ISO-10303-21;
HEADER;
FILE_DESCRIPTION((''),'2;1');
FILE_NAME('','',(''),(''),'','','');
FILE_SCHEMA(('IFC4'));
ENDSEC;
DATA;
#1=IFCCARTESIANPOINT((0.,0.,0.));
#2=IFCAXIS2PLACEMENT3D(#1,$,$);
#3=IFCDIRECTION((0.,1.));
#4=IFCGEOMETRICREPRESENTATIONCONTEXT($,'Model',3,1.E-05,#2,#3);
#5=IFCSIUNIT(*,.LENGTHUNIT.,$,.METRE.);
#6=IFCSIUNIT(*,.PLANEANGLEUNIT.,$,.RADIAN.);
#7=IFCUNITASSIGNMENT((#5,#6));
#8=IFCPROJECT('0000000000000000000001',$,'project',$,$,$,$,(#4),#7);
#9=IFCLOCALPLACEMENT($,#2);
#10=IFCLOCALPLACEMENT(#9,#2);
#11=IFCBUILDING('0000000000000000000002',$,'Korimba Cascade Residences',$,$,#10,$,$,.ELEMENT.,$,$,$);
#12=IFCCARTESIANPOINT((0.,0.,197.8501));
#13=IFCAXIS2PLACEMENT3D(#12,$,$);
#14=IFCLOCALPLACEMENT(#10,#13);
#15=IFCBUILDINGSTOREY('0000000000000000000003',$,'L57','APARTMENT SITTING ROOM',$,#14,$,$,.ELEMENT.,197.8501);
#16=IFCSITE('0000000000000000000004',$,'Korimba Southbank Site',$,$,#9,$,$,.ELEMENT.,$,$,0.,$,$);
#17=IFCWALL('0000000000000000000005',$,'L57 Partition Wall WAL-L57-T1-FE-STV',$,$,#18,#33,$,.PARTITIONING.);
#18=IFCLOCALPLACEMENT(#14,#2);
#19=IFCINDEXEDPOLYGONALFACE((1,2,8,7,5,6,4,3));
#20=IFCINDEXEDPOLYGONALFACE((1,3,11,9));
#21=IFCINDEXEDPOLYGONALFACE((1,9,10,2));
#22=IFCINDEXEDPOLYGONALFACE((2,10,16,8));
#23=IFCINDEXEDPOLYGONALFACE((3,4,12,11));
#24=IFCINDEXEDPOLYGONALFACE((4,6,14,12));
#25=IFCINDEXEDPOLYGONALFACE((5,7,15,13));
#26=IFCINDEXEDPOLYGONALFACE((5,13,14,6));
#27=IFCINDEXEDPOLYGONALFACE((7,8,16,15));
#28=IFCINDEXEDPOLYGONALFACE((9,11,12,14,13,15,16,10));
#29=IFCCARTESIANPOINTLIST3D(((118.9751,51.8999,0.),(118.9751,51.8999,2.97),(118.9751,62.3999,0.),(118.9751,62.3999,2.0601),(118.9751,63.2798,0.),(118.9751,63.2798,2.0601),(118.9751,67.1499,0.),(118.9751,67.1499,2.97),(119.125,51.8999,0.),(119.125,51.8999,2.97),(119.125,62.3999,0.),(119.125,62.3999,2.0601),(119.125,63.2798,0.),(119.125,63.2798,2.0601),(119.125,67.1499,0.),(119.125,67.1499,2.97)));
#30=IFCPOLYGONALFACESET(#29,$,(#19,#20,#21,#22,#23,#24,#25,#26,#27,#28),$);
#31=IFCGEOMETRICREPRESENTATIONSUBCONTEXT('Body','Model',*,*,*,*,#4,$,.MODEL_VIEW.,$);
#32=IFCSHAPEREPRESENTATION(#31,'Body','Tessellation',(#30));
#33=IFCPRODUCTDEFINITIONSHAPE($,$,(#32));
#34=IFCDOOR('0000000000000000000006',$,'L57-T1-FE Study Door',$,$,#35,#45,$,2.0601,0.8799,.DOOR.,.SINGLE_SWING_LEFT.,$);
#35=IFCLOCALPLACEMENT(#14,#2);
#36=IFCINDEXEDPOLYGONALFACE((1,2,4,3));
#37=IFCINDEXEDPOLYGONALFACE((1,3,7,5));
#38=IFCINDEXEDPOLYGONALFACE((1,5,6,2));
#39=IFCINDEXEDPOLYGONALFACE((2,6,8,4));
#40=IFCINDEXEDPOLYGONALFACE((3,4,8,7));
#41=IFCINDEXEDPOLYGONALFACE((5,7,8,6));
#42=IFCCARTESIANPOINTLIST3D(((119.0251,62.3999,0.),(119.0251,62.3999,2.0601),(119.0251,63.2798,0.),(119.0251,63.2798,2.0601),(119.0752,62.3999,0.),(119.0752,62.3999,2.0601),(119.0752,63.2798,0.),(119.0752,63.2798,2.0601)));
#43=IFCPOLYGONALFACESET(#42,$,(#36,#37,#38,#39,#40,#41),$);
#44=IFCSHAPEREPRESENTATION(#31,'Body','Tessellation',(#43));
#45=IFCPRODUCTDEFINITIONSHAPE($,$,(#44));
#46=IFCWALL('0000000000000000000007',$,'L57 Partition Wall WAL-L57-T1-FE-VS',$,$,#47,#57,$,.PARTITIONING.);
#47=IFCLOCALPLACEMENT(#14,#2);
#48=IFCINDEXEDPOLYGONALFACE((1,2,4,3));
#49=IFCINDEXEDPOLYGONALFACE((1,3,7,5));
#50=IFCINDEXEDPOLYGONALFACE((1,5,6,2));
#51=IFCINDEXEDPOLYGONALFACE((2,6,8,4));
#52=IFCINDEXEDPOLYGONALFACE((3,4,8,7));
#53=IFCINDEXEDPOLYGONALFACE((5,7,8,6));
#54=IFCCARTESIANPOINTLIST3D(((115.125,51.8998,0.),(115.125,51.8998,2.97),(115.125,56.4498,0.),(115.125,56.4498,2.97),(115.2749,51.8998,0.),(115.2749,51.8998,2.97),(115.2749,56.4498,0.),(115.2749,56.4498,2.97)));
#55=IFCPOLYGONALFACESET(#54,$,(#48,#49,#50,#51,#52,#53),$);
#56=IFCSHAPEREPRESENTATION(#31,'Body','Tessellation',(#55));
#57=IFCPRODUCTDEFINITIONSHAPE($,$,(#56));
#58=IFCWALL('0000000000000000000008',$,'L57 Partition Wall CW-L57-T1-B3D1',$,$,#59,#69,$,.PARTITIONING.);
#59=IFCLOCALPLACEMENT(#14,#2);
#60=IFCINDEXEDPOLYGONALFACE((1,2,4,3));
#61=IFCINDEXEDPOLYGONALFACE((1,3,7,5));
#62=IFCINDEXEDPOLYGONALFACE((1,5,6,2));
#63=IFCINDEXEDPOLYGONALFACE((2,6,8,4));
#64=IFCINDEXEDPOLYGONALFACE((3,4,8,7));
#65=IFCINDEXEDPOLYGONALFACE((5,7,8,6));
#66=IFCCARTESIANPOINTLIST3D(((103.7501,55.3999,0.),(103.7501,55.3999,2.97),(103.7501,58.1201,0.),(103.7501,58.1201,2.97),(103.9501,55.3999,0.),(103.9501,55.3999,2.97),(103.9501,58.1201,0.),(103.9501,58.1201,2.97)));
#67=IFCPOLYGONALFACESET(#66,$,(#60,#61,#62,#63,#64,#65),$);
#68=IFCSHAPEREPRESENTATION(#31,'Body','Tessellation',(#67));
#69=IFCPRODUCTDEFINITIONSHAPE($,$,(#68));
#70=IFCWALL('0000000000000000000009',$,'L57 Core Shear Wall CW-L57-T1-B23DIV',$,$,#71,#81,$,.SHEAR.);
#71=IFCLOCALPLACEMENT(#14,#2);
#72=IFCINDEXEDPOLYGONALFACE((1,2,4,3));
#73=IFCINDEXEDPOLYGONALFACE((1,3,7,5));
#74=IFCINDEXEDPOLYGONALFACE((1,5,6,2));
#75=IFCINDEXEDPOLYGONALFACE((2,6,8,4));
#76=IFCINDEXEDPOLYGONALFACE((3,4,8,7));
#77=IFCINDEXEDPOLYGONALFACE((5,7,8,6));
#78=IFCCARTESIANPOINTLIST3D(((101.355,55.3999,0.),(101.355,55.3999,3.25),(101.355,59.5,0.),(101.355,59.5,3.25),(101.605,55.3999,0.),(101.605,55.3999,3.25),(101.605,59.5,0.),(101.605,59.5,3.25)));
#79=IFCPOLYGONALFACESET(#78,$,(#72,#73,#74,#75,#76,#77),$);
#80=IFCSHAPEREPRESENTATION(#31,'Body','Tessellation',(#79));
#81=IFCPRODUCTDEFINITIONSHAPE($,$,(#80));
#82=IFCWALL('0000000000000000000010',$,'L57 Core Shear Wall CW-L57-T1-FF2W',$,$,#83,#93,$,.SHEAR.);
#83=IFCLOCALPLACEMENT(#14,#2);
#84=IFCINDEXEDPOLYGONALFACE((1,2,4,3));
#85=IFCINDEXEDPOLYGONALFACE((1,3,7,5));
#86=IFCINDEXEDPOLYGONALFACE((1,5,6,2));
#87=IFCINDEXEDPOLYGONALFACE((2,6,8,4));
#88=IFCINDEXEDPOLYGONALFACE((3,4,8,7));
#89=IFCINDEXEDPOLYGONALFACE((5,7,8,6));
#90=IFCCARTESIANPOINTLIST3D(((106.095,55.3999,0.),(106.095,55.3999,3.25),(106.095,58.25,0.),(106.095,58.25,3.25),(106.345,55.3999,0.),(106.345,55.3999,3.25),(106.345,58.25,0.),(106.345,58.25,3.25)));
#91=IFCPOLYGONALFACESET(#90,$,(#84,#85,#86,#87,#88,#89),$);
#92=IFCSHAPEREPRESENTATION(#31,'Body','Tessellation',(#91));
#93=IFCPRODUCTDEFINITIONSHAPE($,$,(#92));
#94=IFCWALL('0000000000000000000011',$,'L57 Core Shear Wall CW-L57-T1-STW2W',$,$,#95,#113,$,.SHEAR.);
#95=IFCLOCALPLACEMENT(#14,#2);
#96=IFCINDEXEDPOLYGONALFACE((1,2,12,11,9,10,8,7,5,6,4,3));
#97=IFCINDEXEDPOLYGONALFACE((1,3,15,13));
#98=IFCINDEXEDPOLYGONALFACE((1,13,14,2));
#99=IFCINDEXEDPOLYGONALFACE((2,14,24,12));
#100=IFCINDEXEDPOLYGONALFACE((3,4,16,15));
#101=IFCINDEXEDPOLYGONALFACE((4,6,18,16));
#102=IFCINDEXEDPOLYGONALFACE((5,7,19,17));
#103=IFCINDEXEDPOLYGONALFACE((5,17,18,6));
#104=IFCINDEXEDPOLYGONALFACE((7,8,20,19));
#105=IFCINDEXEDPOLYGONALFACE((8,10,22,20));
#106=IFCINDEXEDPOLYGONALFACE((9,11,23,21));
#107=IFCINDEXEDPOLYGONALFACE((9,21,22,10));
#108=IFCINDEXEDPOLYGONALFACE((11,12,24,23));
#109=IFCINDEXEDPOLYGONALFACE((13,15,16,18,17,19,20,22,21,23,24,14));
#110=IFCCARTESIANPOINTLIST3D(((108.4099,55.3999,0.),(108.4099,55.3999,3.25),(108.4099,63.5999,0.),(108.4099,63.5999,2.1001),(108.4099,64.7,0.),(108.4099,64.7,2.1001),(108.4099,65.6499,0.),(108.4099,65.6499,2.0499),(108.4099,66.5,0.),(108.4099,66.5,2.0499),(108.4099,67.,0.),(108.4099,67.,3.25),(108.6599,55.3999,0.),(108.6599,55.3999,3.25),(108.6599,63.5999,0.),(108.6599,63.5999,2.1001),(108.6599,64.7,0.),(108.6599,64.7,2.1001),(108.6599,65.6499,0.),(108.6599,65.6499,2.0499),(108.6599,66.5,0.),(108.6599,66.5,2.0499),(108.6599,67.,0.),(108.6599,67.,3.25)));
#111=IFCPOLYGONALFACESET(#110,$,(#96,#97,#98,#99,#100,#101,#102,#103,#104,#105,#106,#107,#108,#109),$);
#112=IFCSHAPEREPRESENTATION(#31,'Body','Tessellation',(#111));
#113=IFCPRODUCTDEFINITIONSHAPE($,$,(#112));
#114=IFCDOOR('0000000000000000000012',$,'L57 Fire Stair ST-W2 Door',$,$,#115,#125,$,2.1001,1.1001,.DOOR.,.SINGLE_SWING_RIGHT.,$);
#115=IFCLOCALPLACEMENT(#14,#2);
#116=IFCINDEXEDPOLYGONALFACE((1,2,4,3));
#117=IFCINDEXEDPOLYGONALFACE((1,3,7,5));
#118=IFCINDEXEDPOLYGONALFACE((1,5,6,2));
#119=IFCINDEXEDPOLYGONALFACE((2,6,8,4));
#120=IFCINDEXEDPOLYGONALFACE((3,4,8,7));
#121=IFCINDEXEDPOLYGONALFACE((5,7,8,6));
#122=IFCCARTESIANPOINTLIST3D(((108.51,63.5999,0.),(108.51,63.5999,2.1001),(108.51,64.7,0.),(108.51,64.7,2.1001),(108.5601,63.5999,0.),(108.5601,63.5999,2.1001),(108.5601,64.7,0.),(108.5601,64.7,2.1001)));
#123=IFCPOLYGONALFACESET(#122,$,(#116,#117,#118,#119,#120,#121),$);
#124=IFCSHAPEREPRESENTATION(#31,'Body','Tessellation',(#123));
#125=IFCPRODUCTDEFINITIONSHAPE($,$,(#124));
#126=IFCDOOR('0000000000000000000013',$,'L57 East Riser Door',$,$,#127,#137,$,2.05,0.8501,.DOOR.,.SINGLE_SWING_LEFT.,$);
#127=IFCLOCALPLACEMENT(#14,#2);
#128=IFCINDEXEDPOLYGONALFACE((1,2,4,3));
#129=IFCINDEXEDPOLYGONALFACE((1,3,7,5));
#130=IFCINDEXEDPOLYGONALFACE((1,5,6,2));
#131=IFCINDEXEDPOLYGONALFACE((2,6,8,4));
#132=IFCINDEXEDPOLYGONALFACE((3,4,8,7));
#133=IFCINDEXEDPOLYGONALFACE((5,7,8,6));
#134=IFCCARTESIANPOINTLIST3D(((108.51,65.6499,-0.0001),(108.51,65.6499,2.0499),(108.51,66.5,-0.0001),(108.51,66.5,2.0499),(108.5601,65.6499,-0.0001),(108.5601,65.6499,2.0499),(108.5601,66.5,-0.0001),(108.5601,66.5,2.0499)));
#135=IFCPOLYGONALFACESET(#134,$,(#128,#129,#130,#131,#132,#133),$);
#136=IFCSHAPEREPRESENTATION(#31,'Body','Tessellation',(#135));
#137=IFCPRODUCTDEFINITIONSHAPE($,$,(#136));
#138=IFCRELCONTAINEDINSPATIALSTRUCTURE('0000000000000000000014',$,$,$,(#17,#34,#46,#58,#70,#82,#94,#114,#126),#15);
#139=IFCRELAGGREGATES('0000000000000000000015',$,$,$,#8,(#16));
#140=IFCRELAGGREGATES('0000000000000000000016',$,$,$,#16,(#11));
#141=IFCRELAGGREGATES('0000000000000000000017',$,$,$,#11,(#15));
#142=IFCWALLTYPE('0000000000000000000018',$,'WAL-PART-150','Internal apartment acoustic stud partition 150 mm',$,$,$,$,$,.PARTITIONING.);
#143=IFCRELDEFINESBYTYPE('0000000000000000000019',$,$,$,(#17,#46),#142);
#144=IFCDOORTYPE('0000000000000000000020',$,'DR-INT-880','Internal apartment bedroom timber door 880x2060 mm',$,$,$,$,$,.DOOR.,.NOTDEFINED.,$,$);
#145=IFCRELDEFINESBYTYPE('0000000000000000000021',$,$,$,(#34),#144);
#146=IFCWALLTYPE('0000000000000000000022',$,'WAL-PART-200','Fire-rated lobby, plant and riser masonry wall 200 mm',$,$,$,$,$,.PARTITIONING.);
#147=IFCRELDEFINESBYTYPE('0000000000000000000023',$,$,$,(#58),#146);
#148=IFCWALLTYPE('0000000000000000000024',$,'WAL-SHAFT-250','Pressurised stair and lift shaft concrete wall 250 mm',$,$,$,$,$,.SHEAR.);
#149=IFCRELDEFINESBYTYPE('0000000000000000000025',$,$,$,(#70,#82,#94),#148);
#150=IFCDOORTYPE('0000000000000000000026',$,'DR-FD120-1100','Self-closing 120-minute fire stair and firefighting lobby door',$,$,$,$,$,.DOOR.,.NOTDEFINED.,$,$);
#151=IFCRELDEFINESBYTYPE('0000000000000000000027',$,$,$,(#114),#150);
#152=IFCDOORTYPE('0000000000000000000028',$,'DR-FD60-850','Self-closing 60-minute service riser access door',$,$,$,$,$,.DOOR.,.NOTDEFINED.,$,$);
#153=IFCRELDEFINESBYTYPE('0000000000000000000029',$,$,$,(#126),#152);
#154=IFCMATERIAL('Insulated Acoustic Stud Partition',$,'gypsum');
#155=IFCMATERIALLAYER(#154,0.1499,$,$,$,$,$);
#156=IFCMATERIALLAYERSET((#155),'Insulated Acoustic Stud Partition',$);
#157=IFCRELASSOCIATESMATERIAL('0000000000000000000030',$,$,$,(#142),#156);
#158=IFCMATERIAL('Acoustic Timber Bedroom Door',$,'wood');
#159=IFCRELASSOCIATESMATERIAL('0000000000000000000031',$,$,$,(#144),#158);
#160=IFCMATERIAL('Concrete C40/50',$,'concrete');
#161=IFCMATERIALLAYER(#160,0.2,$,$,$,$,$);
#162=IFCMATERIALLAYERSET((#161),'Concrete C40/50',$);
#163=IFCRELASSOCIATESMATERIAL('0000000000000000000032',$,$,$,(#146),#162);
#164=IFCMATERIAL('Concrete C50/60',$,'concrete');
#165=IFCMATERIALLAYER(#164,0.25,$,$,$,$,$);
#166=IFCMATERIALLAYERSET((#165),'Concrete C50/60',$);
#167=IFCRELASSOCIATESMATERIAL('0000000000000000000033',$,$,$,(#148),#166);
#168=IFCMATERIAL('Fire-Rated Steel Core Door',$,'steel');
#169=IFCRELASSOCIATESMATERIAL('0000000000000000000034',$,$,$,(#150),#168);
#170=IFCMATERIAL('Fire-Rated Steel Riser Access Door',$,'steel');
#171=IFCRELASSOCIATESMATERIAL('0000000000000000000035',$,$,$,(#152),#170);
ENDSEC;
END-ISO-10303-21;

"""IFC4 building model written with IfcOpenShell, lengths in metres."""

from ifc_helpers import new_model, si_unit, direction, frame, frame_2d, origin, place, context, subcontext, project, spatial, rectangle, extrude, material, layer, layer_set, type_object, element, fill, save


model = new_model("IFC4")

# Units and contexts
model_context = context("Model", 3, precision=1e-05, world=origin(), true_north=direction((0.0, 1.0)))
body_context = subcontext(model_context, "Body", "Model", "MODEL_VIEW")
ifc_project = project(units=[si_unit("LENGTHUNIT", "METRE"), si_unit("PLANEANGLEUNIT", "RADIAN")], contexts=[model_context])

# Site, building, storey
site_placement = place(None, origin())
site = spatial("IfcSite", under=ifc_project, at=site_placement, Name="Korimba Southbank Site", CompositionType="ELEMENT", RefElevation=0.0)
building_placement = place(site_placement, origin())
building = spatial("IfcBuilding", under=site, at=building_placement, Name="Korimba Cascade Residences", CompositionType="ELEMENT")
storey_placement = place(building_placement, frame((0.0, 0.0, 197.8501)))
storey = spatial("IfcBuildingStorey", under=building, at=storey_placement, Name="L57", Description="APARTMENT SITTING ROOM", CompositionType="ELEMENT", Elevation=197.8501)

# Shared definitions
ifc_material_1 = material(Name="Concrete C50/60", Category="concrete")

# Wall, opening, door
ifc_material_2 = material(Name="Insulated Acoustic Stud Partition", Category="gypsum")
ifc_layer_1 = layer(ifc_material_2, 0.1499)
ifc_layer_set_1 = layer_set([ifc_layer_1], Name="Insulated Acoustic Stud Partition")
wall_type_1 = type_object("IfcWallType", Name="WAL-PART-150", Description="Internal apartment acoustic stud partition 150 mm", PredefinedType="PARTITIONING", material=ifc_layer_set_1)
wall_1_placement = place(storey_placement, frame((119.05, 51.8999, 0.0), z_axis=(0.0, 0.0, 1.0), x_axis=(0.0, 1.0, 0.0)))
wall_1 = element("IfcWall", 1, at=wall_1_placement, inside=storey, type_object=wall_type_1, Name="L57 Partition Wall WAL-L57-T1-FE-STV", PredefinedType="PARTITIONING", context=body_context, shape_type="SweptSolid", body=[
    extrude(rectangle(XDim=15.25, YDim=0.1499, at=frame_2d((7.625, 0.0))), origin(), (0.0, 0.0, 1.0), 2.97),
])
opening_1_placement = place(wall_1_placement, frame((10.5, 0.0, 0.0)))
opening_1 = element("IfcOpeningElement", 2, at=opening_1_placement, cuts=wall_1, PredefinedType="OPENING", context=body_context, shape_type="SweptSolid", body=[
    extrude(rectangle(XDim=0.8799, YDim=2.0601, at=frame_2d((0.4399, 1.03))), frame((0.0, 0.085, 0.0), z_axis=(0.0, -1.0, 0.0), x_axis=(1.0, 0.0, 0.0)), (0.0, 0.0, 1.0), 0.1699),
])
ifc_material_3 = material(Name="Acoustic Timber Bedroom Door", Category="wood")
door_type_1 = type_object("IfcDoorType", Name="DR-INT-880", Description="Internal apartment bedroom timber door 880x2060 mm", OperationType="NOTDEFINED", PredefinedType="DOOR", material=ifc_material_3)
door_1_placement = place(opening_1_placement, origin())
door_1 = element("IfcDoor", 3, at=door_1_placement, inside=storey, type_object=door_type_1, Name="L57-T1-FE Study Door", OperationType="SINGLE_SWING_LEFT", OverallHeight=2.0601, OverallWidth=0.8799, PredefinedType="DOOR", context=body_context, shape_type="SweptSolid", body=[
    extrude(rectangle(XDim=0.8799, YDim=2.0601, at=frame_2d((0.4399, 1.03))), frame((0.0, 0.0249, 0.0), z_axis=(0.0, -1.0, 0.0), x_axis=(1.0, 0.0, 0.0)), (0.0, 0.0, 1.0), 0.05),
])
fill(opening_1, door_1)

# Walls
wall_2_placement = place(storey_placement, frame((115.2, 51.8999, 0.0), z_axis=(0.0, 0.0, 1.0), x_axis=(0.0, 1.0, 0.0)))
element("IfcWall", 4, at=wall_2_placement, inside=storey, type_object=wall_type_1, Name="L57 Partition Wall WAL-L57-T1-FE-VS", PredefinedType="PARTITIONING", context=body_context, shape_type="SweptSolid", body=[
    extrude(rectangle(XDim=4.55, YDim=0.1499, at=frame_2d((2.2749, 0.0))), origin(), (0.0, 0.0, 1.0), 2.97),
])
ifc_material_4 = material(Name="Concrete C40/50", Category="concrete")
ifc_layer_2 = layer(ifc_material_4, 0.2)
ifc_layer_set_2 = layer_set([ifc_layer_2], Name="Concrete C40/50")
wall_type_2 = type_object("IfcWallType", Name="WAL-PART-200", Description="Fire-rated lobby, plant and riser masonry wall 200 mm", PredefinedType="PARTITIONING", material=ifc_layer_set_2)
wall_3_placement = place(storey_placement, frame((103.8501, 55.3999, 0.0), z_axis=(0.0, 0.0, 1.0), x_axis=(0.0, 1.0, 0.0)))
element("IfcWall", 5, at=wall_3_placement, inside=storey, type_object=wall_type_2, Name="L57 Partition Wall CW-L57-T1-B3D1", PredefinedType="PARTITIONING", context=body_context, shape_type="SweptSolid", body=[
    extrude(rectangle(XDim=2.7202, YDim=0.2, at=frame_2d((1.3601, 0.0))), origin(), (0.0, 0.0, 1.0), 2.97),
])
ifc_layer_3 = layer(ifc_material_1, 0.25)
ifc_layer_set_3 = layer_set([ifc_layer_3], Name="Concrete C50/60")
wall_type_3 = type_object("IfcWallType", Name="WAL-SHAFT-250", Description="Pressurised stair and lift shaft concrete wall 250 mm", PredefinedType="SHEAR", material=ifc_layer_set_3)
wall_4_placement = place(storey_placement, frame((101.48, 55.3999, 0.0), z_axis=(0.0, 0.0, 1.0), x_axis=(0.0, 1.0, 0.0)))
element("IfcWall", 6, at=wall_4_placement, inside=storey, type_object=wall_type_3, Name="L57 Core Shear Wall CW-L57-T1-B23DIV", PredefinedType="SHEAR", context=body_context, shape_type="SweptSolid", body=[
    extrude(rectangle(XDim=4.1001, YDim=0.25, at=frame_2d((2.05, 0.0))), origin(), (0.0, 0.0, 1.0), 3.25),
])
wall_5_placement = place(storey_placement, frame((106.22, 55.3999, 0.0), z_axis=(0.0, 0.0, 1.0), x_axis=(0.0, 1.0, 0.0)))
element("IfcWall", 7, at=wall_5_placement, inside=storey, type_object=wall_type_3, Name="L57 Core Shear Wall CW-L57-T1-FF2W", PredefinedType="SHEAR", context=body_context, shape_type="SweptSolid", body=[
    extrude(rectangle(XDim=2.8501, YDim=0.25, at=frame_2d((1.425, 0.0))), origin(), (0.0, 0.0, 1.0), 3.25),
])

# Wall, openings, doors
wall_6_placement = place(storey_placement, frame((108.5349, 55.3999, 0.0), z_axis=(0.0, 0.0, 1.0), x_axis=(0.0, 1.0, 0.0)))
wall_6 = element("IfcWall", 8, at=wall_6_placement, inside=storey, type_object=wall_type_3, Name="L57 Core Shear Wall CW-L57-T1-STW2W", PredefinedType="SHEAR", context=body_context, shape_type="SweptSolid", body=[
    extrude(rectangle(XDim=11.6001, YDim=0.25, at=frame_2d((5.8, 0.0))), origin(), (0.0, 0.0, 1.0), 3.25),
])
opening_2_placement = place(wall_6_placement, frame((8.2, 0.0, 0.0)))
opening_2 = element("IfcOpeningElement", 9, at=opening_2_placement, cuts=wall_6, PredefinedType="OPENING", context=body_context, shape_type="SweptSolid", body=[
    extrude(rectangle(XDim=1.1001, YDim=2.1001, at=frame_2d((0.55, 1.05))), frame((0.0, 0.135, 0.0), z_axis=(0.0, -1.0, 0.0), x_axis=(1.0, 0.0, 0.0)), (0.0, 0.0, 1.0), 0.27),
])
opening_3_placement = place(wall_6_placement, frame((10.25, 0.0, 0.0)))
opening_3 = element("IfcOpeningElement", 10, at=opening_3_placement, cuts=wall_6, PredefinedType="OPENING", context=body_context, shape_type="SweptSolid", body=[
    extrude(rectangle(XDim=0.8501, YDim=2.05, at=frame_2d((0.425, 1.0249))), frame((0.0, 0.135, 0.0), z_axis=(0.0, -1.0, 0.0), x_axis=(1.0, 0.0, 0.0)), (0.0, 0.0, 1.0), 0.27),
])
ifc_material_5 = material(Name="Fire-Rated Steel Core Door", Category="steel")
door_type_2 = type_object("IfcDoorType", Name="DR-FD120-1100", Description="Self-closing 120-minute fire stair and firefighting lobby door", OperationType="NOTDEFINED", PredefinedType="DOOR", material=ifc_material_5)
door_2_placement = place(opening_2_placement, origin())
door_2 = element("IfcDoor", 11, at=door_2_placement, inside=storey, type_object=door_type_2, Name="L57 Fire Stair ST-W2 Door", OperationType="SINGLE_SWING_RIGHT", OverallHeight=2.1001, OverallWidth=1.1001, PredefinedType="DOOR", context=body_context, shape_type="SweptSolid", body=[
    extrude(rectangle(XDim=1.1001, YDim=2.1001, at=frame_2d((0.55, 1.05))), frame((0.0, 0.0249, 0.0), z_axis=(0.0, -1.0, 0.0), x_axis=(1.0, 0.0, 0.0)), (0.0, 0.0, 1.0), 0.05),
])
fill(opening_2, door_2)
ifc_material_6 = material(Name="Fire-Rated Steel Riser Access Door", Category="steel")
door_type_3 = type_object("IfcDoorType", Name="DR-FD60-850", Description="Self-closing 60-minute service riser access door", OperationType="NOTDEFINED", PredefinedType="DOOR", material=ifc_material_6)
door_3_placement = place(opening_3_placement, origin())
door_3 = element("IfcDoor", 12, at=door_3_placement, inside=storey, type_object=door_type_3, Name="L57 East Riser Door", OperationType="SINGLE_SWING_LEFT", OverallHeight=2.05, OverallWidth=0.8501, PredefinedType="DOOR", context=body_context, shape_type="SweptSolid", body=[
    extrude(rectangle(XDim=0.8501, YDim=2.05, at=frame_2d((0.425, 1.0249))), frame((0.0, 0.0249, 0.0), z_axis=(0.0, -1.0, 0.0), x_axis=(1.0, 0.0, 0.0)), (0.0, 0.0, 1.0), 0.05),
])
fill(opening_3, door_3)

save(model, "model.ifc")
